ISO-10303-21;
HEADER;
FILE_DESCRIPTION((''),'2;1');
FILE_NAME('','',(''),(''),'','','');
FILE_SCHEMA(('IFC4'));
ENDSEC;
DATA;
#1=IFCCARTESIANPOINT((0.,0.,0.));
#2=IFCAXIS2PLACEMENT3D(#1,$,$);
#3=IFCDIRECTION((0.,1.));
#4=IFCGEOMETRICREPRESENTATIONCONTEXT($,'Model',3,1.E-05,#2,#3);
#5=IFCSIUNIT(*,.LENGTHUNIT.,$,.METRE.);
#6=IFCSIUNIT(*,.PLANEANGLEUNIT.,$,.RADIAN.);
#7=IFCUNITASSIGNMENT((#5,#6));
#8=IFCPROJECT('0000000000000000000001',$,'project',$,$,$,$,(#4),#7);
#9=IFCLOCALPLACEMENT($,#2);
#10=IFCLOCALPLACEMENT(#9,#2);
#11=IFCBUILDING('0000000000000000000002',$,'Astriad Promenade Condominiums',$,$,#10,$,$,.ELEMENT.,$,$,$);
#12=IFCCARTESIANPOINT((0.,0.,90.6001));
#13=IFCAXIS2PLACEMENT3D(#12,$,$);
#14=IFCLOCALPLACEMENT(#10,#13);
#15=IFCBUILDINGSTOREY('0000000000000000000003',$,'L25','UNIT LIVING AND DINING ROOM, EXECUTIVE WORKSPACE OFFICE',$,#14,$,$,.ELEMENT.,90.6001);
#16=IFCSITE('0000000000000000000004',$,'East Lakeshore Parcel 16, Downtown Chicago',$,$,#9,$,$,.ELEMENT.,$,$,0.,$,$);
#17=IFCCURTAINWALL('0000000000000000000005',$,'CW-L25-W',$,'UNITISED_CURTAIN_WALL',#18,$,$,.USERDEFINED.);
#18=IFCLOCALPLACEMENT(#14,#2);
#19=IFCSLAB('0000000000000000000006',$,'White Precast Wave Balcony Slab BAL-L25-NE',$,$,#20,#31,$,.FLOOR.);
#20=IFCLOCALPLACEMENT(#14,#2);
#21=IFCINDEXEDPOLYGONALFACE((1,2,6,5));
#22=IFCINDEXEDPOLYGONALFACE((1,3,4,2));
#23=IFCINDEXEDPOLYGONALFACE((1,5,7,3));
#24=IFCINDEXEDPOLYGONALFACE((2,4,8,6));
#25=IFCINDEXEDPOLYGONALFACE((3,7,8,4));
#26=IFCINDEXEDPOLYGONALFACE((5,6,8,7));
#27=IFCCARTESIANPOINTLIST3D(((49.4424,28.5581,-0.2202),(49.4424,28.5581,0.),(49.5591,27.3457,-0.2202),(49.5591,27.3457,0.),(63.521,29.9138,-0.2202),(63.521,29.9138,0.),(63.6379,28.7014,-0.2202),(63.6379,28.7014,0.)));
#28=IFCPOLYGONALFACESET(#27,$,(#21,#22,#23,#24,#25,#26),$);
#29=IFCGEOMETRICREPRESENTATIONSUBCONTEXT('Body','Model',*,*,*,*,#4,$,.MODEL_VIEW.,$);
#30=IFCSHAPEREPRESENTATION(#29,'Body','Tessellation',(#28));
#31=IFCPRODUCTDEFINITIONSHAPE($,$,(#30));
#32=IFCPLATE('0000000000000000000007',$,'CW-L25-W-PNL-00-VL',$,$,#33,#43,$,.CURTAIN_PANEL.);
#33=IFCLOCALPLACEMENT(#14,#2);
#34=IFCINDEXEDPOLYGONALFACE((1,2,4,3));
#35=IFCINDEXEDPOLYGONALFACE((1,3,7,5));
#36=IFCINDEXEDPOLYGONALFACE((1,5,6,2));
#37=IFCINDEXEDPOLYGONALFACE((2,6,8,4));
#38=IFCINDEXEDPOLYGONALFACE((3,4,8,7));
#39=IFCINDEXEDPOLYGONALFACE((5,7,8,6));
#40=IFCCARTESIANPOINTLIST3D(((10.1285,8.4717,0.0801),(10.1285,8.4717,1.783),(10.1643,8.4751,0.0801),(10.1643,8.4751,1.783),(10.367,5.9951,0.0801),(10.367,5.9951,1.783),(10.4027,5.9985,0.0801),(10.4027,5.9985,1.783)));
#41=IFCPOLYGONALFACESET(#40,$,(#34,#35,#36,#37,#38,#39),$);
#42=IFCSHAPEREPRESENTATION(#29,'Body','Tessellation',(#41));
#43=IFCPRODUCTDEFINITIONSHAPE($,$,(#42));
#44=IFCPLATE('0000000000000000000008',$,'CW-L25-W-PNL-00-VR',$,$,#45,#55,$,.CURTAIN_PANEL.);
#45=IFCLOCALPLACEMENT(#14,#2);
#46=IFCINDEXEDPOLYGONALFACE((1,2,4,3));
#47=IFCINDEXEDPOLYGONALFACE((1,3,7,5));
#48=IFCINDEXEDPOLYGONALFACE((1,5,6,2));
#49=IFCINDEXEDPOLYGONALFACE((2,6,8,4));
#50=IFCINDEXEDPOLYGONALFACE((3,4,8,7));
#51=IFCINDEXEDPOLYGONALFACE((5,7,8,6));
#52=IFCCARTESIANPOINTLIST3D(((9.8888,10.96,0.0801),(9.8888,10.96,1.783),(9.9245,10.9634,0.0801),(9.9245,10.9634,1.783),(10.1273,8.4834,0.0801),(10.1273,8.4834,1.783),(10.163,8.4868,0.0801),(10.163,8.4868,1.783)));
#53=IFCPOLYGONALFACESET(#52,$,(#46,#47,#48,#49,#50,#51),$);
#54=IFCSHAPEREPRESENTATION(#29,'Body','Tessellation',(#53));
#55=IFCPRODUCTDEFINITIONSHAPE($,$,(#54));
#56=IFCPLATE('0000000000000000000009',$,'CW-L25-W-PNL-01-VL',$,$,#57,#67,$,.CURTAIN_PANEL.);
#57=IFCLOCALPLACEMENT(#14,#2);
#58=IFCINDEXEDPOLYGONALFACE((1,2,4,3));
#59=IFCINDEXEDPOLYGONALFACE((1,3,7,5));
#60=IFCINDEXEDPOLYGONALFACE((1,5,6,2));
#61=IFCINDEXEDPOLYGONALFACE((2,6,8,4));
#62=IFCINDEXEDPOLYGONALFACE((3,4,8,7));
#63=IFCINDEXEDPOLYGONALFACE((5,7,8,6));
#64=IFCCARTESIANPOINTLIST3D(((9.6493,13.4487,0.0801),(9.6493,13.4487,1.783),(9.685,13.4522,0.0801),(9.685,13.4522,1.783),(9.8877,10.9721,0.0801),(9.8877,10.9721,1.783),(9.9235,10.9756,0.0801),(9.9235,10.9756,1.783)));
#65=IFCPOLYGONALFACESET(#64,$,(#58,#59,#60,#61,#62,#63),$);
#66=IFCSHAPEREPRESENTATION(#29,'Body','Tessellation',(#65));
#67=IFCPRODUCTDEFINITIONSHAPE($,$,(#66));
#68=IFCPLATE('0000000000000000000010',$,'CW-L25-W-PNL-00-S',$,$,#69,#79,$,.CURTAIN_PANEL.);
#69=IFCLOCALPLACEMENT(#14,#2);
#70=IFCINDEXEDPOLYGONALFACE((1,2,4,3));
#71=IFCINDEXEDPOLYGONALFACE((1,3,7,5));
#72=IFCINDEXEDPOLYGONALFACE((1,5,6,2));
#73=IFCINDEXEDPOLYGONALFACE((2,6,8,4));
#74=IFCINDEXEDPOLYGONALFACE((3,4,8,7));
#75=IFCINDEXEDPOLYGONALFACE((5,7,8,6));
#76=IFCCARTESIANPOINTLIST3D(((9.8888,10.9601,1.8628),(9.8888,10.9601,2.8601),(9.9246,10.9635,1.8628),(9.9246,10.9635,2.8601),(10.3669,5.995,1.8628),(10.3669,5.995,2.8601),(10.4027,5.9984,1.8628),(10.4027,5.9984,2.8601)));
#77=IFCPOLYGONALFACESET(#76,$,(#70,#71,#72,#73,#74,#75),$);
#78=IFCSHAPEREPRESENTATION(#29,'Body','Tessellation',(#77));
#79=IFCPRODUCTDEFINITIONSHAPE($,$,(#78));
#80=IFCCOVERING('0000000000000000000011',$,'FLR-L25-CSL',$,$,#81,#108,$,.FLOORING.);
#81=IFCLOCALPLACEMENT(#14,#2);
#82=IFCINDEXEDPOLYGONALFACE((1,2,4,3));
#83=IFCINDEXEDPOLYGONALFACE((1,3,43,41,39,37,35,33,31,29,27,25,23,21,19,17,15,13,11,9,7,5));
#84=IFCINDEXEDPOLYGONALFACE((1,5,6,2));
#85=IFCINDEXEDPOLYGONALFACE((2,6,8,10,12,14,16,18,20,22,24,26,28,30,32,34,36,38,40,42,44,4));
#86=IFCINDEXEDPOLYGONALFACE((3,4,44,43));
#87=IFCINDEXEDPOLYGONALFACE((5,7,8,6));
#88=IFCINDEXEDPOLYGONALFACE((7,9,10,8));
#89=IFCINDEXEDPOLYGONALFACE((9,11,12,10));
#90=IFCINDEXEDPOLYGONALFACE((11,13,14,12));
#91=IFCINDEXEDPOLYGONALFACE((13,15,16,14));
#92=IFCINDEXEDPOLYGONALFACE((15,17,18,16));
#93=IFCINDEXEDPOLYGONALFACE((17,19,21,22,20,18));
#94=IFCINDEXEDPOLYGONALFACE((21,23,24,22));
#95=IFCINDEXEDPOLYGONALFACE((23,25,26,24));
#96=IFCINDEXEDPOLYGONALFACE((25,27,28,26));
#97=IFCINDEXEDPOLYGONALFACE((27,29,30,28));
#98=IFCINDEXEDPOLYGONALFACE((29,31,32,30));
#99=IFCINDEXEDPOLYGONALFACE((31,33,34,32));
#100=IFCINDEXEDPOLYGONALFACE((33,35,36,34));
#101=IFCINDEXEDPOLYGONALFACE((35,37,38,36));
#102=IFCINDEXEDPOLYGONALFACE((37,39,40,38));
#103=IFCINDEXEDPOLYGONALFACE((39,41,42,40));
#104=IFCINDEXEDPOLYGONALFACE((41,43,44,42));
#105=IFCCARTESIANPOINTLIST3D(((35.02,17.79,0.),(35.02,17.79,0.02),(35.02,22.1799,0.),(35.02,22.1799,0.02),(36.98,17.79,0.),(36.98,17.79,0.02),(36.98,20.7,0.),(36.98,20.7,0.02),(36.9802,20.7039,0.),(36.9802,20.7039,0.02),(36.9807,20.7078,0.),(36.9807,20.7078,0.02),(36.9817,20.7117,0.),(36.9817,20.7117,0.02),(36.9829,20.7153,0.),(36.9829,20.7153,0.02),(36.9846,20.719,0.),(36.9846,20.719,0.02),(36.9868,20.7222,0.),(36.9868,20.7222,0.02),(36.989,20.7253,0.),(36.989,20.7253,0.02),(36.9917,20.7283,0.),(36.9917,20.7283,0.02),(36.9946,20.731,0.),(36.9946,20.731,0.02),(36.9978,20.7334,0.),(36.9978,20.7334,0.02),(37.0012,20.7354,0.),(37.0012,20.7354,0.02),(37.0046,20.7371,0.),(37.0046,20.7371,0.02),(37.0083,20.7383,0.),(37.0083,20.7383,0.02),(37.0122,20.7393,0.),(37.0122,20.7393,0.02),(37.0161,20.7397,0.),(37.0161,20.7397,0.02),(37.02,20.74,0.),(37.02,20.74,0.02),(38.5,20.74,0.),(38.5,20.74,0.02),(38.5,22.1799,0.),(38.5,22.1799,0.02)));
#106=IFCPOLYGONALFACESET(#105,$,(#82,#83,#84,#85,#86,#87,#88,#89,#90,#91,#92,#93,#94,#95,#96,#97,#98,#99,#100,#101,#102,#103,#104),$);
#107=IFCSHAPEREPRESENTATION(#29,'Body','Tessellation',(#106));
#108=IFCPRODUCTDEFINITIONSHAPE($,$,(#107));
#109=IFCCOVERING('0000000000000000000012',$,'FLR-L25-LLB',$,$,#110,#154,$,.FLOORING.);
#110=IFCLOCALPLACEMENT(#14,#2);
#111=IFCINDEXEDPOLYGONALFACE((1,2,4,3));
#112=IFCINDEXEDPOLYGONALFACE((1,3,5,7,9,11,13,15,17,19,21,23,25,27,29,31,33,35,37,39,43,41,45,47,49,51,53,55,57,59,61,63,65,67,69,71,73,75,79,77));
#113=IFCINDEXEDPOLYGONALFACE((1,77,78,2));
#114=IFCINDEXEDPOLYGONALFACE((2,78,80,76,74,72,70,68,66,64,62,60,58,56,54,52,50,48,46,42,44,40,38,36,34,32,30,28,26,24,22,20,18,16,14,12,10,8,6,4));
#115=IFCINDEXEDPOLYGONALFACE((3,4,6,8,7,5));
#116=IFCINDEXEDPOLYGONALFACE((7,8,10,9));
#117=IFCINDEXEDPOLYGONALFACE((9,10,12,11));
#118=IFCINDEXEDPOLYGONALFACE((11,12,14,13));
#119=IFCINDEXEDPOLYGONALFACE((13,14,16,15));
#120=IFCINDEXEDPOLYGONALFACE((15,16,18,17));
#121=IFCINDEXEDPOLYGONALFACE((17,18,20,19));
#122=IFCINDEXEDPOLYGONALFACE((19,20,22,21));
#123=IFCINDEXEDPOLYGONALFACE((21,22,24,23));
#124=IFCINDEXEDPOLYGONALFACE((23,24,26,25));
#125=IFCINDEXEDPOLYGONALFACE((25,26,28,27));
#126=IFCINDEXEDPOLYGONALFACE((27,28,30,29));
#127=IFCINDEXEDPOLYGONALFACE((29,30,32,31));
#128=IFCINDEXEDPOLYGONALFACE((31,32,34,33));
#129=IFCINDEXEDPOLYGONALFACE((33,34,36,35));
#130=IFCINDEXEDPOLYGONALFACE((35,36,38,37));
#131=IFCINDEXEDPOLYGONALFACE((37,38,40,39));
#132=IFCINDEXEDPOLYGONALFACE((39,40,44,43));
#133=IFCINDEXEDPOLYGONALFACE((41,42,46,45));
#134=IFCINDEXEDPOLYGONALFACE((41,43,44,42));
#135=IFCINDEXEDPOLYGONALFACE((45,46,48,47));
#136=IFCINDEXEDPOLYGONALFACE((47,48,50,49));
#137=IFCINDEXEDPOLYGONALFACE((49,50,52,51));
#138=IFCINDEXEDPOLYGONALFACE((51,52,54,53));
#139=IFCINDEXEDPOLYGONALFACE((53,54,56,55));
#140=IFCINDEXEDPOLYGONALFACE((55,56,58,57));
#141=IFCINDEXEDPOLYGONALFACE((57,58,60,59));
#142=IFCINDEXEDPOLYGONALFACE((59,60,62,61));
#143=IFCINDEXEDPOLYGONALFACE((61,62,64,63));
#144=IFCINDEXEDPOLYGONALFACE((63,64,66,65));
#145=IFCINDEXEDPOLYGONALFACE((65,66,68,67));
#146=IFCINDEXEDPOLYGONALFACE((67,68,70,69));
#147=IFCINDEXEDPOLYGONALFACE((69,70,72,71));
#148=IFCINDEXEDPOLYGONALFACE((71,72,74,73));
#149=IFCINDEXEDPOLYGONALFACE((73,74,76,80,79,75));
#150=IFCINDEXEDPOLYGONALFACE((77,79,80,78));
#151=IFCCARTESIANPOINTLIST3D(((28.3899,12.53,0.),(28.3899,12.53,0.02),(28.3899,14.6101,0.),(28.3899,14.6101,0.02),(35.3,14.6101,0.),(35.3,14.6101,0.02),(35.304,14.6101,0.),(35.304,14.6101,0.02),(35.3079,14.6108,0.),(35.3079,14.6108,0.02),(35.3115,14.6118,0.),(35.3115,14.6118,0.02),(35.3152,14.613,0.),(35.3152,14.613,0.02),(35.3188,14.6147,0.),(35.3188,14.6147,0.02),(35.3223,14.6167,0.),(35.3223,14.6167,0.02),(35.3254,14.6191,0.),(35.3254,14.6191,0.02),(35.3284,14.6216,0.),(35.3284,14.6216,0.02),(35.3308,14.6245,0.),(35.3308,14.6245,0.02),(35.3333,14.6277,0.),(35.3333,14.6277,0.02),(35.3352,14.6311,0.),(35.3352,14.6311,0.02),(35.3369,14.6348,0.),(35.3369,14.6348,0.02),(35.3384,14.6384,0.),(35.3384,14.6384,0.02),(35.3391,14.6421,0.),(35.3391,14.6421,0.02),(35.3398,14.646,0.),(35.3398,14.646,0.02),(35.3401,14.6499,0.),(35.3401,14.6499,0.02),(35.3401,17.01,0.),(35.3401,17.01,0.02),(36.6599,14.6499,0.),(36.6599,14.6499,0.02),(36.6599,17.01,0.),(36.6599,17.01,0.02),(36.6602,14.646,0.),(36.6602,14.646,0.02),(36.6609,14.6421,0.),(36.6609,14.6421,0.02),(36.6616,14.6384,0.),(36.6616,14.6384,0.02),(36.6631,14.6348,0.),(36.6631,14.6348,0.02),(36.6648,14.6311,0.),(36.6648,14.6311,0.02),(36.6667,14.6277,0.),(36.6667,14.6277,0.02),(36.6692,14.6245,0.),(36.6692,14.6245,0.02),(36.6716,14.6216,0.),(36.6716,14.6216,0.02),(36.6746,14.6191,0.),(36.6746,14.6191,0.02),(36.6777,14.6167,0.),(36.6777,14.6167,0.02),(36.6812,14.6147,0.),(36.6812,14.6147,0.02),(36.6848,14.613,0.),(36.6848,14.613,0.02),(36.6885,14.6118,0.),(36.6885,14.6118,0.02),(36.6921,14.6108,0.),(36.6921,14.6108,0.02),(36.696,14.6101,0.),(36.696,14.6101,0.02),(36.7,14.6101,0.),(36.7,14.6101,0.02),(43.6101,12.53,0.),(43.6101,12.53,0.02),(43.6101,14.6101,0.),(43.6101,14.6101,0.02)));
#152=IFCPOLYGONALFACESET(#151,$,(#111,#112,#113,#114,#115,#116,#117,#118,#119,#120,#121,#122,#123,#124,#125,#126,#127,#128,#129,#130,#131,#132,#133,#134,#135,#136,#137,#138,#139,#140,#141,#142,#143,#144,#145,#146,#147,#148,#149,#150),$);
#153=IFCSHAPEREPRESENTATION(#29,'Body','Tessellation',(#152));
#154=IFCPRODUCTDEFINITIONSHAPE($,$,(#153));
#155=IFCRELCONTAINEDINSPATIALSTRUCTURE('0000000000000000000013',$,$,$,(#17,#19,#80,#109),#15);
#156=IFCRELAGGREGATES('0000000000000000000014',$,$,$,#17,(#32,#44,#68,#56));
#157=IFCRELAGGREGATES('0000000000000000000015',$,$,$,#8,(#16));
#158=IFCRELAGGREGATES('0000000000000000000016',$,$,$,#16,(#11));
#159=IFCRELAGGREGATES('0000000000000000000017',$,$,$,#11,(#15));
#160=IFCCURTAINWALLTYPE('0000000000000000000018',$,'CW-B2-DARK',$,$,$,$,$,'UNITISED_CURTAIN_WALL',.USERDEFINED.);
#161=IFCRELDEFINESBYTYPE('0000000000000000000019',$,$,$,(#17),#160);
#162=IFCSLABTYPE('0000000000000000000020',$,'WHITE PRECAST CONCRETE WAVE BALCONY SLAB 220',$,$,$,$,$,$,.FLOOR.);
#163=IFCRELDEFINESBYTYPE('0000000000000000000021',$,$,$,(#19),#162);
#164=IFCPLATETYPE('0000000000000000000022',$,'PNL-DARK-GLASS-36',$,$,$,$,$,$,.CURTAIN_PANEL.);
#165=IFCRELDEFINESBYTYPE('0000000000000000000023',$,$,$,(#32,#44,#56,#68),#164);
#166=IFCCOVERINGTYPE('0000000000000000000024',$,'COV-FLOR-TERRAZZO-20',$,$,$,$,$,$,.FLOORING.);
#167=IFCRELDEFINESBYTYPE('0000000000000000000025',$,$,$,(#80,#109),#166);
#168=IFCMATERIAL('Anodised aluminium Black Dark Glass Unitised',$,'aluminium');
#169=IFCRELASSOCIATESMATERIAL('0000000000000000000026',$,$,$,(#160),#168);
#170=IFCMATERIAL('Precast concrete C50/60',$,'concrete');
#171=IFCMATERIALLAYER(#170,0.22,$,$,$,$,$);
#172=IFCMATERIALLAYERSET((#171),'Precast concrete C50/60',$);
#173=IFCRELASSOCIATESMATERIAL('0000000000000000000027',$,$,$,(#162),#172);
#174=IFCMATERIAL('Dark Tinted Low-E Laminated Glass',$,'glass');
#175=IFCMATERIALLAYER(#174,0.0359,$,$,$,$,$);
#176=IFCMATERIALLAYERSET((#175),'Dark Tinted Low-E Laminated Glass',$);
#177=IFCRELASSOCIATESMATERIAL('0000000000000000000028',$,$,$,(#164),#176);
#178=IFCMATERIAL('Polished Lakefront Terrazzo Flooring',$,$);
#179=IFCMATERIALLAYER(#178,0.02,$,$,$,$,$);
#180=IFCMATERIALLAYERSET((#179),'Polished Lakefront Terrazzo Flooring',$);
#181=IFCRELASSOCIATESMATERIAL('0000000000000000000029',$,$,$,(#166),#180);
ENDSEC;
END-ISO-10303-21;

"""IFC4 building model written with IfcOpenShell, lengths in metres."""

from ifc_helpers import new_model, si_unit, direction, frame, origin, origin_2d, place, context, subcontext, project, spatial, polyline, rectangle, outline, extrude, source, transform, mapped, material, layer, layer_set, type_object, type_shapes, element, aggregate, save


model = new_model("IFC4")

# Units and contexts
model_context = context("Model", 3, precision=1e-05, world=origin(), true_north=direction((0.0, 1.0)))
body_context = subcontext(model_context, "Body", "Model", "MODEL_VIEW")
ifc_project = project(units=[si_unit("LENGTHUNIT", "METRE"), si_unit("PLANEANGLEUNIT", "RADIAN")], contexts=[model_context])

# Site, building, storey
site_placement = place(None, origin())
site = spatial("IfcSite", under=ifc_project, at=site_placement, Name="East Lakeshore Parcel 16, Downtown Chicago", CompositionType="ELEMENT", RefElevation=0.0)
building_placement = place(site_placement, origin())
building = spatial("IfcBuilding", under=site, at=building_placement, Name="Astriad Promenade Condominiums", CompositionType="ELEMENT")
storey_placement = place(building_placement, frame((0.0, 0.0, 90.6001)))
storey = spatial("IfcBuildingStorey", under=building, at=storey_placement, Name="L25", Description="UNIT LIVING AND DINING ROOM, EXECUTIVE WORKSPACE OFFICE", CompositionType="ELEMENT", Elevation=90.6001)

# Curtain wall
ifc_material_1 = material(Name="Anodised aluminium Black Dark Glass Unitised", Category="aluminium")
curtain_wall_type = type_object("IfcCurtainWallType", Name="CW-B2-DARK", ElementType="UNITISED_CURTAIN_WALL", PredefinedType="USERDEFINED", material=ifc_material_1)
curtain_wall_placement = place(storey_placement, origin())
curtain_wall = element("IfcCurtainWall", 1, at=curtain_wall_placement, inside=storey, type_object=curtain_wall_type, Name="CW-L25-W", ObjectType="UNITISED_CURTAIN_WALL", PredefinedType="USERDEFINED")

# Slab
ifc_material_2 = material(Name="Precast concrete C50/60", Category="concrete")
ifc_layer_1 = layer(ifc_material_2, 0.22)
ifc_layer_set_1 = layer_set([ifc_layer_1], Name="Precast concrete C50/60")
slab_type_1 = type_object("IfcSlabType", Name="WHITE PRECAST CONCRETE WAVE BALCONY SLAB 220", PredefinedType="FLOOR", material=ifc_layer_set_1)
slab_1_placement = place(storey_placement, frame((0.0, 0.0, -0.2202)))
element("IfcSlab", 2, at=slab_1_placement, inside=storey, type_object=slab_type_1, Name="White Precast Wave Balcony Slab BAL-L25-NE", PredefinedType="FLOOR", context=body_context, shape_type="SweptSolid", body=[
    extrude(outline(polyline([(49.4424, 28.5581), (63.521, 29.9138), (63.6379, 28.7014), (49.5591, 27.3457), (49.4424, 28.5581)])), origin(), (0.0, 0.0, 1.0), 0.2202),
])

# Plates
ifc_material_3 = material(Name="Dark Tinted Low-E Laminated Glass", Category="glass")
ifc_layer_2 = layer(ifc_material_3, 0.0359)
ifc_layer_set_2 = layer_set([ifc_layer_2], Name="Dark Tinted Low-E Laminated Glass")
plate_type = type_object("IfcPlateType", Name="PNL-DARK-GLASS-36", PredefinedType="CURTAIN_PANEL", material=ifc_layer_set_2)
shared_shape_1 = source(origin(), body_context, "Body", "SweptSolid", [
    extrude(rectangle(XDim=2.488, YDim=0.0359, at=origin_2d()), origin(), (0.0, 0.0, 1.0), 1.7029),
])
plate_1_placement = place(storey_placement, frame((10.2656, 7.2351, 0.0801), z_axis=(0.0, 0.0, 1.0), x_axis=(-0.095846, 0.995396, 0.0)))
plate_1 = element("IfcPlate", 3, at=plate_1_placement, type_object=plate_type, Name="CW-L25-W-PNL-00-VL", PredefinedType="CURTAIN_PANEL", context=body_context, shape_type="MappedRepresentation", body=[
    mapped(shared_shape_1, transform((0.0, 0.0, 0.0), scale=1.0)),
])
plate_2_placement = place(storey_placement, frame((10.0259, 9.7234, 0.0801), z_axis=(0.0, 0.0, 1.0), x_axis=(-0.095846, 0.995396, 0.0)))
plate_2 = element("IfcPlate", 4, at=plate_2_placement, type_object=plate_type, Name="CW-L25-W-PNL-00-VR", PredefinedType="CURTAIN_PANEL", context=body_context, shape_type="MappedRepresentation", body=[
    mapped(shared_shape_1, transform((0.0, 0.0, 0.0), scale=1.0)),
])
plate_3_placement = place(storey_placement, frame((9.7864, 12.2122, 0.0801), z_axis=(0.0, 0.0, 1.0), x_axis=(-0.095846, 0.995396, 0.0)))
plate_3 = element("IfcPlate", 5, at=plate_3_placement, type_object=plate_type, Name="CW-L25-W-PNL-01-VL", PredefinedType="CURTAIN_PANEL", context=body_context, shape_type="MappedRepresentation", body=[
    mapped(shared_shape_1, transform((0.0, 0.0, 0.0), scale=1.0)),
])
shared_shape_2 = source(origin(), body_context, "Body", "SweptSolid", [
    extrude(rectangle(XDim=4.988, YDim=0.0359, at=origin_2d()), origin(), (0.0, 0.0, 1.0), 0.9973),
])
type_shapes(plate_type, [shared_shape_1, shared_shape_2])
plate_4_placement = place(storey_placement, frame((10.1458, 8.4792, 1.8628), z_axis=(0.0, 0.0, 1.0), x_axis=(-0.095846, 0.995396, 0.0)))
plate_4 = element("IfcPlate", 6, at=plate_4_placement, type_object=plate_type, Name="CW-L25-W-PNL-00-S", PredefinedType="CURTAIN_PANEL", context=body_context, shape_type="MappedRepresentation", body=[
    mapped(shared_shape_2, transform((0.0, 0.0, 0.0), scale=1.0)),
])
aggregate(curtain_wall, [plate_1, plate_2, plate_4, plate_3])

# Coverings
ifc_material_4 = material(Name="Polished Lakefront Terrazzo Flooring")
ifc_layer_3 = layer(ifc_material_4, 0.02)
ifc_layer_set_3 = layer_set([ifc_layer_3], Name="Polished Lakefront Terrazzo Flooring")
covering_type = type_object("IfcCoveringType", Name="COV-FLOR-TERRAZZO-20", PredefinedType="FLOORING", material=ifc_layer_set_3)
covering_1_placement = place(storey_placement, origin())
element("IfcCovering", 7, at=covering_1_placement, inside=storey, type_object=covering_type, Name="FLR-L25-CSL", PredefinedType="FLOORING", context=body_context, shape_type="SweptSolid", body=[
    extrude(outline(polyline([(36.98, 20.7), (36.98, 17.79), (35.02, 17.79), (35.02, 22.1799), (38.5, 22.1799), (38.5, 20.74), (37.02, 20.74), (37.0161, 20.7397), (37.0122, 20.7393), (37.0083, 20.7383), (37.0046, 20.7371), (37.0012, 20.7354), (36.9978, 20.7334), (36.9946, 20.731), (36.9917, 20.7283), (36.989, 20.7253), (36.9868, 20.7222), (36.9846, 20.719), (36.9829, 20.7153), (36.9817, 20.7117), (36.9807, 20.7078), (36.9802, 20.7039), (36.98, 20.7)])), origin(), (0.0, 0.0, 1.0), 0.02),
])
covering_2_placement = place(storey_placement, origin())
element("IfcCovering", 8, at=covering_2_placement, inside=storey, type_object=covering_type, Name="FLR-L25-LLB", PredefinedType="FLOORING", context=body_context, shape_type="SweptSolid", body=[
    extrude(outline(polyline([(43.6101, 14.6101), (43.6101, 12.53), (28.3899, 12.53), (28.3899, 14.6101), (35.3, 14.6101), (35.304, 14.6101), (35.3079, 14.6108), (35.3115, 14.6118), (35.3152, 14.613), (35.3188, 14.6147), (35.3223, 14.6167), (35.3254, 14.6191), (35.3284, 14.6216), (35.3308, 14.6245), (35.3333, 14.6277), (35.3352, 14.6311), (35.3369, 14.6348), (35.3384, 14.6384), (35.3391, 14.6421), (35.3398, 14.646), (35.3401, 14.6499), (35.3401, 17.01), (36.6599, 17.01), (36.6599, 14.6499), (36.6602, 14.646), (36.6609, 14.6421), (36.6616, 14.6384), (36.6631, 14.6348), (36.6648, 14.6311), (36.6667, 14.6277), (36.6692, 14.6245), (36.6716, 14.6216), (36.6746, 14.6191), (36.6777, 14.6167), (36.6812, 14.6147), (36.6848, 14.613), (36.6885, 14.6118), (36.6921, 14.6108), (36.696, 14.6101), (36.7, 14.6101), (43.6101, 14.6101)])), origin(), (0.0, 0.0, 1.0), 0.02),
])

save(model, "model.ifc")
